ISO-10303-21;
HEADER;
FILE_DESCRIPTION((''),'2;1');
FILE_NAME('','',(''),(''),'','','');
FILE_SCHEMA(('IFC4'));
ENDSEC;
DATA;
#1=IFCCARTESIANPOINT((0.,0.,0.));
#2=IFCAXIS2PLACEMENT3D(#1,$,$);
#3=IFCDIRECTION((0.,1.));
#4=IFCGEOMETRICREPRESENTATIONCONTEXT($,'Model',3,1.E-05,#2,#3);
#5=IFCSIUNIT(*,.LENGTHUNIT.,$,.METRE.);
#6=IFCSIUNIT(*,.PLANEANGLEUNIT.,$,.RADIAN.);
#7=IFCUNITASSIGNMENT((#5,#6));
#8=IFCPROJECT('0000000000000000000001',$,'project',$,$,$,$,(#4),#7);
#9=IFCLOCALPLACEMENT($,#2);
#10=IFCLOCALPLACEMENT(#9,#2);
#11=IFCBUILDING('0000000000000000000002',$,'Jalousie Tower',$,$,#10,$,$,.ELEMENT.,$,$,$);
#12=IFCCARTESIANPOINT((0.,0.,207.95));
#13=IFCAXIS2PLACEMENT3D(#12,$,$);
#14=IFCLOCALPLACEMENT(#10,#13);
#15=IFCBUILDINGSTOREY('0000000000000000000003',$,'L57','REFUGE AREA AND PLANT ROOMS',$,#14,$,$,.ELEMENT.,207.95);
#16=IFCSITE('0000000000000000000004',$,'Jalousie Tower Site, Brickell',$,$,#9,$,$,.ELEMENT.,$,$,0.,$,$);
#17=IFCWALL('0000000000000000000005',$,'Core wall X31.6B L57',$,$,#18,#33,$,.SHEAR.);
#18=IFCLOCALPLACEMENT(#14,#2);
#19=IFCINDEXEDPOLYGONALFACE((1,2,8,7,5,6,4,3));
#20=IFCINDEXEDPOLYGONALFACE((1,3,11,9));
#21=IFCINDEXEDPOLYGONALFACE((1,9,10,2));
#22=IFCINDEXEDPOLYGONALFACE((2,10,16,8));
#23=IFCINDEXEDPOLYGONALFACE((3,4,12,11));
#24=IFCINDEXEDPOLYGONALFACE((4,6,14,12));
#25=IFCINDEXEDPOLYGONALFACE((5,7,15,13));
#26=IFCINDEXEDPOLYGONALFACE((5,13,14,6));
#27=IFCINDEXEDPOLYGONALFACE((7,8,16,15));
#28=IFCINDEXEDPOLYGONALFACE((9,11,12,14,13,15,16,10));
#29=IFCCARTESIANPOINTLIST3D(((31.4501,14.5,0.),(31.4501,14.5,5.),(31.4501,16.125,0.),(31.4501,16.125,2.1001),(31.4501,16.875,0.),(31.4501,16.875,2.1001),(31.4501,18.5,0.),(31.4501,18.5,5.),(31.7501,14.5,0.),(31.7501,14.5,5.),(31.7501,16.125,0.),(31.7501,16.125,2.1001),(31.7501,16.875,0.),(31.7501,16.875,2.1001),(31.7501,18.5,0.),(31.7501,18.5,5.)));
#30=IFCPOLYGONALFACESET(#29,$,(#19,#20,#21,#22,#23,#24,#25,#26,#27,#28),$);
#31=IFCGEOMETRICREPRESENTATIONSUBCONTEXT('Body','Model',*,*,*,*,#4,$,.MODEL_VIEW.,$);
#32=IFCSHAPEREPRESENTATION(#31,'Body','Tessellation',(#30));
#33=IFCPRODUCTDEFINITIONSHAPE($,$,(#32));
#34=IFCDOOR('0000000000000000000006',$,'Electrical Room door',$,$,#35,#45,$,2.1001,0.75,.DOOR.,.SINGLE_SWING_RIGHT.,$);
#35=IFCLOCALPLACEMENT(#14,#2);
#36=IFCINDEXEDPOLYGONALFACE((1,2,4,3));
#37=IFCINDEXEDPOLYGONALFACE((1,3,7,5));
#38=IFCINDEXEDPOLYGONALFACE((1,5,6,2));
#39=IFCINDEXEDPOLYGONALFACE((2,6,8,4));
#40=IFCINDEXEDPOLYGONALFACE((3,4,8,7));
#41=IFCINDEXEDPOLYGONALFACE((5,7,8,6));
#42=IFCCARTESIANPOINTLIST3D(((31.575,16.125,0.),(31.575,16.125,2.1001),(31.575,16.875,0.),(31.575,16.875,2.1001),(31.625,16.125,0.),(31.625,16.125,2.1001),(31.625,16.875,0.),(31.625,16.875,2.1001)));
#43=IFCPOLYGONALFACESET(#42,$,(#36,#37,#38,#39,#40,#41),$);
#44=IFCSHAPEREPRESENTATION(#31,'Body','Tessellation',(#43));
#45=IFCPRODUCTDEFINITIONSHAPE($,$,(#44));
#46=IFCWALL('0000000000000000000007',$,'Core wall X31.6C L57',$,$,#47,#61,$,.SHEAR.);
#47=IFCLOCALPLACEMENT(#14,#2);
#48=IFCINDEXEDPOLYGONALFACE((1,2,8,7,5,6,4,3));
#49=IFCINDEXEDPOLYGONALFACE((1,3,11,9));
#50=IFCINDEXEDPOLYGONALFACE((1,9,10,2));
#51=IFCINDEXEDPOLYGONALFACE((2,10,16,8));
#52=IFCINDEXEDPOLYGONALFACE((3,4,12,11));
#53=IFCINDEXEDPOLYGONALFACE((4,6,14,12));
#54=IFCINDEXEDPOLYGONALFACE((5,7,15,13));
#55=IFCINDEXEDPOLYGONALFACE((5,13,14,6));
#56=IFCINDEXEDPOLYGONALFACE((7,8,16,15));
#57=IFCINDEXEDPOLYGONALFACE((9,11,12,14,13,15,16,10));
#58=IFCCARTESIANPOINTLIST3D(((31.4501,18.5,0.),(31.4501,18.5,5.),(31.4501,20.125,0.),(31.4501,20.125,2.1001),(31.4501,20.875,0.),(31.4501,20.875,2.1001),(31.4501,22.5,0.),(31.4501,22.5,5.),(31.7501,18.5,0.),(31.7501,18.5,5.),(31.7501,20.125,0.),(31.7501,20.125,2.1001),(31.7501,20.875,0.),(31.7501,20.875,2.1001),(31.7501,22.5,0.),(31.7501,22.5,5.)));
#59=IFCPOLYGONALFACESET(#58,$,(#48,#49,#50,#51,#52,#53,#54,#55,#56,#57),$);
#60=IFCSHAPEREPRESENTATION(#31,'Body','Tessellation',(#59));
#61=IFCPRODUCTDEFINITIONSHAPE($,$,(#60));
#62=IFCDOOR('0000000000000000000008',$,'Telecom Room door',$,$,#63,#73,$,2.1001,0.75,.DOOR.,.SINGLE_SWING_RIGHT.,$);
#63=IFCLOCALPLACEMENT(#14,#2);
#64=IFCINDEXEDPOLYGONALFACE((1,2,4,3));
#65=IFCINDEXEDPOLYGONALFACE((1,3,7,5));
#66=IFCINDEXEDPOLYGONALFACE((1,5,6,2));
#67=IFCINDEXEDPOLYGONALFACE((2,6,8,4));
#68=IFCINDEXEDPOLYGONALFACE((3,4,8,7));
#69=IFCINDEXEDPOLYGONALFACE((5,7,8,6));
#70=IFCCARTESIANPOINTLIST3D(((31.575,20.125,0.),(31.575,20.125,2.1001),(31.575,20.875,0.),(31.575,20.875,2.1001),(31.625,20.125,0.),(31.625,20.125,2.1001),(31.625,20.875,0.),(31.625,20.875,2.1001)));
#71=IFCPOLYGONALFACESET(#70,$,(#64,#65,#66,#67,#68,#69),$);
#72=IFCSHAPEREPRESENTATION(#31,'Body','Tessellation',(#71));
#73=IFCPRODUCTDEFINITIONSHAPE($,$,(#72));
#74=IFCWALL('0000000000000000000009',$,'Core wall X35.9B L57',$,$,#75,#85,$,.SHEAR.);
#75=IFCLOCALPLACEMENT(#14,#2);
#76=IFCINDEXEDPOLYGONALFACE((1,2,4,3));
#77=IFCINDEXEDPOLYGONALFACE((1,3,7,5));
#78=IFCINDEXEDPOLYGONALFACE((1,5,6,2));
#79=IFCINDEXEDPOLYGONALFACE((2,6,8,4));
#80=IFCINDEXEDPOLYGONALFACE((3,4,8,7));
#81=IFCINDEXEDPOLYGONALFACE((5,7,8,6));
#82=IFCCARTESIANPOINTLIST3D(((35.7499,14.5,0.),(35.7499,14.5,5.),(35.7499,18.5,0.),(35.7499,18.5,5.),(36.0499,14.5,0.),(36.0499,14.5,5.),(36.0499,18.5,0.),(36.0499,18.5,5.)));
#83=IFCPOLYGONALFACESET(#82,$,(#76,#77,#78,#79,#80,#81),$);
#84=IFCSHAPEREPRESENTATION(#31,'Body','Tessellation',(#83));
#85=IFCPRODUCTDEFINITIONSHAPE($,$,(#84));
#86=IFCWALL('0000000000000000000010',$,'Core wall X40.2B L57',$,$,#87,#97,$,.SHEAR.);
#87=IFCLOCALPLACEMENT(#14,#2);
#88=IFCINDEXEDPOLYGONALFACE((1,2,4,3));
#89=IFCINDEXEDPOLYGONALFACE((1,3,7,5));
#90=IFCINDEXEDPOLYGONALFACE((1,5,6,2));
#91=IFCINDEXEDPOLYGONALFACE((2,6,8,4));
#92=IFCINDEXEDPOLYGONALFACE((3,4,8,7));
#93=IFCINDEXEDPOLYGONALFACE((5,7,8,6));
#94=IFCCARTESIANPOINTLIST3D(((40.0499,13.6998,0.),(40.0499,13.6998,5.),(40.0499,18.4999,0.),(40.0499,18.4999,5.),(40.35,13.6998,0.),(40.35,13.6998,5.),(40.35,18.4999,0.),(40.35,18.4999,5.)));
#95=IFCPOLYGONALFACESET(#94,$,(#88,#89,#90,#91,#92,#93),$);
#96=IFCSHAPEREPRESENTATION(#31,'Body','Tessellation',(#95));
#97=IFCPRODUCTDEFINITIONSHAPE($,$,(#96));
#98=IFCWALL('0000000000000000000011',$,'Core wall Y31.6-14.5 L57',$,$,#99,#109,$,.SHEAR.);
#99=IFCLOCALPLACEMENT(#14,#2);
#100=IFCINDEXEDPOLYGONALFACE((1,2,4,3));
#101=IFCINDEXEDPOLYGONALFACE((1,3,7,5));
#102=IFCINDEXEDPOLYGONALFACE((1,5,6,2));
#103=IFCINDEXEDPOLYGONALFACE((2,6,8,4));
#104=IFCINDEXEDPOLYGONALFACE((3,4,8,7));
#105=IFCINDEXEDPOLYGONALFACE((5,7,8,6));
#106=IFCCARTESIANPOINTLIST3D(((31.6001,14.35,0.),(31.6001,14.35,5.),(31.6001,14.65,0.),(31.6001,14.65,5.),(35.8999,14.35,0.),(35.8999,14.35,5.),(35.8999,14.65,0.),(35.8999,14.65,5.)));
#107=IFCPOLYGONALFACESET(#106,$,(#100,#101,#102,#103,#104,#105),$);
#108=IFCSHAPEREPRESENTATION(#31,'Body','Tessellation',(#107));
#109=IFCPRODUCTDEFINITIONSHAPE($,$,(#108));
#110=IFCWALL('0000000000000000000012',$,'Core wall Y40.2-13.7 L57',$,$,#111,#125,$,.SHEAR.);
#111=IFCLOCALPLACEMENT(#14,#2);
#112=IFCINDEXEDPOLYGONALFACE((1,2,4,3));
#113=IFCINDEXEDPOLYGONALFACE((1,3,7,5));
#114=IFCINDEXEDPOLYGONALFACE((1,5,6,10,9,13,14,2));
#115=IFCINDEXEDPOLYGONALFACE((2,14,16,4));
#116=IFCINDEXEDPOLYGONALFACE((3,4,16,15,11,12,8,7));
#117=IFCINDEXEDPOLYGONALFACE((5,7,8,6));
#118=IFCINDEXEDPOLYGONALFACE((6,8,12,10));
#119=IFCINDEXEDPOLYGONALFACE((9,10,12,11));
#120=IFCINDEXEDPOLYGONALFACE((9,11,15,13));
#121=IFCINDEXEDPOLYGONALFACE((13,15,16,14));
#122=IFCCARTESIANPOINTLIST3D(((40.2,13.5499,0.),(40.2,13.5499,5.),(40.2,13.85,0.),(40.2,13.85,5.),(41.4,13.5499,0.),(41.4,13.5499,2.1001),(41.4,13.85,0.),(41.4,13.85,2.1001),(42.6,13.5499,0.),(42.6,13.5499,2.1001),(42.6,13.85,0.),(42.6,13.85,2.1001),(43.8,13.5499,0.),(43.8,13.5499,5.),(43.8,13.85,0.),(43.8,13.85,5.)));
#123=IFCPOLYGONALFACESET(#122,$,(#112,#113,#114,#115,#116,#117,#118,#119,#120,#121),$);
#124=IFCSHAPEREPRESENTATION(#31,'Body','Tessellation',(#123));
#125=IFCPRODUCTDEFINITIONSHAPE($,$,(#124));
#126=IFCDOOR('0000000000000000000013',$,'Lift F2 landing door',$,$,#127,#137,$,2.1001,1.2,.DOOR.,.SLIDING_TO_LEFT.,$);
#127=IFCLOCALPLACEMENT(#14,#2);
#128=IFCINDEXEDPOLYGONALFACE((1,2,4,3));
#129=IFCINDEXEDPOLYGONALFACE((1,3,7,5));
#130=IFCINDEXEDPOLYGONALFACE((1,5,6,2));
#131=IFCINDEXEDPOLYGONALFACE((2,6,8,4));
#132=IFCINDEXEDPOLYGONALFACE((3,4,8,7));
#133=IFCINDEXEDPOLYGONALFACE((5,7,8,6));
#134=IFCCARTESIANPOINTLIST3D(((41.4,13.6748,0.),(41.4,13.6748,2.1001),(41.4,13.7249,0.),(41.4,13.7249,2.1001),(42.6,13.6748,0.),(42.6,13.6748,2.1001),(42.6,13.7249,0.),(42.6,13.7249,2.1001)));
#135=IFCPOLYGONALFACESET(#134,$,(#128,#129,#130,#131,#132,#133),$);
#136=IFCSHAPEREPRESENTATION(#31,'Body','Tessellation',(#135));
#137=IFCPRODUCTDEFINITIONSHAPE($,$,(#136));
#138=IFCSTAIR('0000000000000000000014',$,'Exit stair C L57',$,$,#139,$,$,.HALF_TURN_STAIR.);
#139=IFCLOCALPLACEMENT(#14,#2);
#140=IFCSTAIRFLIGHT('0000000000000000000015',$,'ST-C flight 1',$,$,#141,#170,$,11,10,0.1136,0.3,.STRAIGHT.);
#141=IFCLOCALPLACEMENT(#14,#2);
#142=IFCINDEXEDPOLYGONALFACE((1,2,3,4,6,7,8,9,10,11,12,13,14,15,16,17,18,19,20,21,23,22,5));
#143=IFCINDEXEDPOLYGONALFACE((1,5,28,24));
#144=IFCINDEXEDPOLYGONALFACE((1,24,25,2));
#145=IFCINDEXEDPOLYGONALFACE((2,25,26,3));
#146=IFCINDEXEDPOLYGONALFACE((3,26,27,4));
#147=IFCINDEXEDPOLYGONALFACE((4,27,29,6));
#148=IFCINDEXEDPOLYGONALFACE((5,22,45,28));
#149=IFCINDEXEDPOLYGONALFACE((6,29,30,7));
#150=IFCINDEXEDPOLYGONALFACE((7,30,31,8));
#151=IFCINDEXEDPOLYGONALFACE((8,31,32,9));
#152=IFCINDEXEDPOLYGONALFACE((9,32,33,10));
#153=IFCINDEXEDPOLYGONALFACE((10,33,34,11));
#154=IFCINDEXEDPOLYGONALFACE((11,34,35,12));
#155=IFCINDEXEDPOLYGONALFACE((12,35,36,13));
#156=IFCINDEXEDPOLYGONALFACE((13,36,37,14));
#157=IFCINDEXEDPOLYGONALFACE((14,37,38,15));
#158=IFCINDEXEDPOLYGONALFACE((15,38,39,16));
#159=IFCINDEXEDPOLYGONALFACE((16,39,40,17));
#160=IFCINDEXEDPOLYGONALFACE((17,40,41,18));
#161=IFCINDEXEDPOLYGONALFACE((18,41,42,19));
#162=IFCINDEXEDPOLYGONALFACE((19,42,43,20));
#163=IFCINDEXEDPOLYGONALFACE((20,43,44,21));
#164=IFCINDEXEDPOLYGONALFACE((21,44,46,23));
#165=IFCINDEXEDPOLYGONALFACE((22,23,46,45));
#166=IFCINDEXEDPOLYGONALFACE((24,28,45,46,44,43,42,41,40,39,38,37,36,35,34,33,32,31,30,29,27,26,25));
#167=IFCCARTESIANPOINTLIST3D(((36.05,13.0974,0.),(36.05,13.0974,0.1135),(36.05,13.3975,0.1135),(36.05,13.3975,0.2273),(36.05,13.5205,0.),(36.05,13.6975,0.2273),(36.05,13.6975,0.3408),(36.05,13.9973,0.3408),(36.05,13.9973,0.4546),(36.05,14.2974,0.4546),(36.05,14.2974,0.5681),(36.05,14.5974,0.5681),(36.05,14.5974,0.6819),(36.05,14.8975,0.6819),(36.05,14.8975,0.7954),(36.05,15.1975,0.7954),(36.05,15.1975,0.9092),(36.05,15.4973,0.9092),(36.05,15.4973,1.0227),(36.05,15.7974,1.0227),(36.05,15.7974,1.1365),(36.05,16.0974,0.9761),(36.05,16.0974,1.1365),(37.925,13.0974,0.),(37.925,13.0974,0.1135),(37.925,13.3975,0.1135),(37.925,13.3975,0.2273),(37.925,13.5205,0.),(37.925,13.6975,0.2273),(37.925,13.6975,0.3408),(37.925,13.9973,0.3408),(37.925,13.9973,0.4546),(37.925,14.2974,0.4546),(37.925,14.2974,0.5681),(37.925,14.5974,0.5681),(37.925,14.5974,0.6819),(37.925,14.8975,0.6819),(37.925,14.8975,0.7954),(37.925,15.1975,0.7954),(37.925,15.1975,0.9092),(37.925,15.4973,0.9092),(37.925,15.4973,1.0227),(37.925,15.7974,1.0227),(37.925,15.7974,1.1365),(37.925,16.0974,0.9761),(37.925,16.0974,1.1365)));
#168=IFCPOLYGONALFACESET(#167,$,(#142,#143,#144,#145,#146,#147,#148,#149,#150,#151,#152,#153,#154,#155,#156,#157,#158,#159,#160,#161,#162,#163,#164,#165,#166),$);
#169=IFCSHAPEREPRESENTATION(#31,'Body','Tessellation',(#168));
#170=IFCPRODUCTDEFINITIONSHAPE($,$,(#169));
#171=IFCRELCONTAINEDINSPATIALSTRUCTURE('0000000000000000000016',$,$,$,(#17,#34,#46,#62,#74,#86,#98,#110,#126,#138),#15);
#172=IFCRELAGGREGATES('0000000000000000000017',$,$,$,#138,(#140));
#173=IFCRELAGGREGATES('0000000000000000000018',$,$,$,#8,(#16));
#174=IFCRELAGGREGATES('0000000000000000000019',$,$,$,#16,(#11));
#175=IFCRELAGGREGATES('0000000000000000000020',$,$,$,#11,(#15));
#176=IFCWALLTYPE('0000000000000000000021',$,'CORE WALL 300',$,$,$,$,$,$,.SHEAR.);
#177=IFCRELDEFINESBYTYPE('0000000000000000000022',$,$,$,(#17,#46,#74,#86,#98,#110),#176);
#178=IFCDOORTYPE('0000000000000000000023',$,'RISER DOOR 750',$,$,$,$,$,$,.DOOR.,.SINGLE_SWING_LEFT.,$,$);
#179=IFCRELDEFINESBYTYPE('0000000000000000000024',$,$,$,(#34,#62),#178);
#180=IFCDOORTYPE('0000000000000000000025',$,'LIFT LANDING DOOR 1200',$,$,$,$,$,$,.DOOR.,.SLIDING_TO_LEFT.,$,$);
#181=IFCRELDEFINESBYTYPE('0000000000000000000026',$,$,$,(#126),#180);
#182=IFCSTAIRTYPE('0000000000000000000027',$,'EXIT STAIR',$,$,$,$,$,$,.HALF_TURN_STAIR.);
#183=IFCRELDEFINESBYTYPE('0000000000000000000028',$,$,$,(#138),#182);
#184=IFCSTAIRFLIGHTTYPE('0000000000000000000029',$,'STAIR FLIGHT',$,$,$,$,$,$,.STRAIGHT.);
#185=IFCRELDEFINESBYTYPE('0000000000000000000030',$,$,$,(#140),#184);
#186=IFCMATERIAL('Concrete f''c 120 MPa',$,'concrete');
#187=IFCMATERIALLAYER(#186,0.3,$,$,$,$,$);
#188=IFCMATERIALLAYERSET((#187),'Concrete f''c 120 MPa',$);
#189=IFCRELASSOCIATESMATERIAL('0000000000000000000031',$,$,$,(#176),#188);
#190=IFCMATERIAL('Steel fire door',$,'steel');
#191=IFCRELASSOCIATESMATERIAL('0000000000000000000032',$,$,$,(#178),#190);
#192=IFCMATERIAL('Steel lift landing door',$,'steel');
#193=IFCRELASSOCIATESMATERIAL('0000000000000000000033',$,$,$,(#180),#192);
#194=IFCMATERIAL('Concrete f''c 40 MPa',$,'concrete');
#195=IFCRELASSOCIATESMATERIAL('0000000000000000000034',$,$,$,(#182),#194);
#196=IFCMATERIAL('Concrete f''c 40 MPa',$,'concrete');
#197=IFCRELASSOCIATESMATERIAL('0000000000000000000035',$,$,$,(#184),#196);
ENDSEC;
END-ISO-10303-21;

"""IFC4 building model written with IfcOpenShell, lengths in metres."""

from ifc_helpers import new_model, si_unit, direction, frame, frame_2d, origin, place, context, subcontext, project, spatial, polyline, rectangle, outline, extrude, material, layer, layer_set, type_object, element, fill, aggregate, save


model = new_model("IFC4")

# Units and contexts
model_context = context("Model", 3, precision=1e-05, world=origin(), true_north=direction((0.0, 1.0)))
body_context = subcontext(model_context, "Body", "Model", "MODEL_VIEW")
ifc_project = project(units=[si_unit("LENGTHUNIT", "METRE"), si_unit("PLANEANGLEUNIT", "RADIAN")], contexts=[model_context])

# Site, building, storey
site_placement = place(None, origin())
site = spatial("IfcSite", under=ifc_project, at=site_placement, Name="Jalousie Tower Site, Brickell", CompositionType="ELEMENT", RefElevation=0.0)
building_placement = place(site_placement, origin())
building = spatial("IfcBuilding", under=site, at=building_placement, Name="Jalousie Tower", CompositionType="ELEMENT")
storey_placement = place(building_placement, frame((0.0, 0.0, 207.95)))
storey = spatial("IfcBuildingStorey", under=building, at=storey_placement, Name="L57", Description="REFUGE AREA AND PLANT ROOMS", CompositionType="ELEMENT", Elevation=207.95)

# Walls, openings, doors
ifc_material_1 = material(Name="Concrete f'c 120 MPa", Category="concrete")
ifc_layer = layer(ifc_material_1, 0.3)
ifc_layer_set = layer_set([ifc_layer], Name="Concrete f'c 120 MPa")
wall_type = type_object("IfcWallType", Name="CORE WALL 300", PredefinedType="SHEAR", material=ifc_layer_set)
wall_1_placement = place(storey_placement, frame((31.6001, 14.5, 0.0), z_axis=(0.0, 0.0, 1.0), x_axis=(0.0, 1.0, 0.0)))
wall_1 = element("IfcWall", 1, at=wall_1_placement, inside=storey, type_object=wall_type, Name="Core wall X31.6B L57", PredefinedType="SHEAR", context=body_context, shape_type="SweptSolid", body=[
    extrude(rectangle(XDim=4.0, YDim=0.3, at=frame_2d((2.0, 0.0))), origin(), (0.0, 0.0, 1.0), 5.0),
])
opening_1_placement = place(wall_1_placement, frame((1.625, 0.0, 0.0)))
opening_1 = element("IfcOpeningElement", 2, at=opening_1_placement, cuts=wall_1, PredefinedType="OPENING", context=body_context, shape_type="SweptSolid", body=[
    extrude(rectangle(XDim=0.75, YDim=2.1001, at=frame_2d((0.375, 1.05))), frame((0.0, 0.1599, 0.0), z_axis=(0.0, -1.0, 0.0), x_axis=(1.0, 0.0, 0.0)), (0.0, 0.0, 1.0), 0.3201),
])
ifc_material_2 = material(Name="Steel fire door", Category="steel")
door_type_1 = type_object("IfcDoorType", Name="RISER DOOR 750", OperationType="SINGLE_SWING_LEFT", PredefinedType="DOOR", material=ifc_material_2)
door_1_placement = place(opening_1_placement, frame((0.75, 0.0, 0.0), z_axis=(0.0, 0.0, 1.0), x_axis=(-1.0, 0.0, 0.0)))
door_1 = element("IfcDoor", 3, at=door_1_placement, inside=storey, type_object=door_type_1, Name="Electrical Room door", OperationType="SINGLE_SWING_RIGHT", OverallHeight=2.1001, OverallWidth=0.75, PredefinedType="DOOR", context=body_context, shape_type="SweptSolid", body=[
    extrude(rectangle(XDim=0.75, YDim=2.1001, at=frame_2d((0.375, 1.05))), frame((0.0, 0.0249, 0.0), z_axis=(0.0, -1.0, 0.0), x_axis=(1.0, 0.0, 0.0)), (0.0, 0.0, 1.0), 0.05),
])
fill(opening_1, door_1)
wall_2_placement = place(storey_placement, frame((31.6001, 18.5, 0.0), z_axis=(0.0, 0.0, 1.0), x_axis=(0.0, 1.0, 0.0)))
wall_2 = element("IfcWall", 4, at=wall_2_placement, inside=storey, type_object=wall_type, Name="Core wall X31.6C L57", PredefinedType="SHEAR", context=body_context, shape_type="SweptSolid", body=[
    extrude(rectangle(XDim=4.0, YDim=0.3, at=frame_2d((2.0, 0.0))), origin(), (0.0, 0.0, 1.0), 5.0),
])
opening_2_placement = place(wall_2_placement, frame((1.625, 0.0, 0.0)))
opening_2 = element("IfcOpeningElement", 5, at=opening_2_placement, cuts=wall_2, PredefinedType="OPENING", context=body_context, shape_type="SweptSolid", body=[
    extrude(rectangle(XDim=0.75, YDim=2.1001, at=frame_2d((0.375, 1.05))), frame((0.0, 0.1599, 0.0), z_axis=(0.0, -1.0, 0.0), x_axis=(1.0, 0.0, 0.0)), (0.0, 0.0, 1.0), 0.3201),
])
door_2_placement = place(opening_2_placement, frame((0.75, 0.0, 0.0), z_axis=(0.0, 0.0, 1.0), x_axis=(-1.0, 0.0, 0.0)))
door_2 = element("IfcDoor", 6, at=door_2_placement, inside=storey, type_object=door_type_1, Name="Telecom Room door", OperationType="SINGLE_SWING_RIGHT", OverallHeight=2.1001, OverallWidth=0.75, PredefinedType="DOOR", context=body_context, shape_type="SweptSolid", body=[
    extrude(rectangle(XDim=0.75, YDim=2.1001, at=frame_2d((0.375, 1.05))), frame((0.0, 0.0249, 0.0), z_axis=(0.0, -1.0, 0.0), x_axis=(1.0, 0.0, 0.0)), (0.0, 0.0, 1.0), 0.05),
])
fill(opening_2, door_2)

# Walls
wall_3_placement = place(storey_placement, frame((35.8999, 14.5, 0.0), z_axis=(0.0, 0.0, 1.0), x_axis=(0.0, 1.0, 0.0)))
element("IfcWall", 7, at=wall_3_placement, inside=storey, type_object=wall_type, Name="Core wall X35.9B L57", PredefinedType="SHEAR", context=body_context, shape_type="SweptSolid", body=[
    extrude(rectangle(XDim=4.0, YDim=0.3, at=frame_2d((2.0, 0.0))), origin(), (0.0, 0.0, 1.0), 5.0),
])
wall_4_placement = place(storey_placement, frame((40.2, 13.7, 0.0), z_axis=(0.0, 0.0, 1.0), x_axis=(0.0, 1.0, 0.0)))
element("IfcWall", 8, at=wall_4_placement, inside=storey, type_object=wall_type, Name="Core wall X40.2B L57", PredefinedType="SHEAR", context=body_context, shape_type="SweptSolid", body=[
    extrude(rectangle(XDim=4.8, YDim=0.3, at=frame_2d((2.3999, 0.0))), origin(), (0.0, 0.0, 1.0), 5.0),
])
wall_5_placement = place(storey_placement, frame((31.6001, 14.5, 0.0), z_axis=(0.0, 0.0, 1.0), x_axis=(1.0, 0.0, 0.0)))
element("IfcWall", 9, at=wall_5_placement, inside=storey, type_object=wall_type, Name="Core wall Y31.6-14.5 L57", PredefinedType="SHEAR", context=body_context, shape_type="SweptSolid", body=[
    extrude(rectangle(XDim=4.2998, YDim=0.3, at=frame_2d((2.1499, 0.0))), origin(), (0.0, 0.0, 1.0), 5.0),
])

# Wall, opening, door
wall_6_placement = place(storey_placement, frame((40.2, 13.7, 0.0), z_axis=(0.0, 0.0, 1.0), x_axis=(1.0, 0.0, 0.0)))
wall_6 = element("IfcWall", 10, at=wall_6_placement, inside=storey, type_object=wall_type, Name="Core wall Y40.2-13.7 L57", PredefinedType="SHEAR", context=body_context, shape_type="SweptSolid", body=[
    extrude(rectangle(XDim=3.6001, YDim=0.3, at=frame_2d((1.8, 0.0))), origin(), (0.0, 0.0, 1.0), 5.0),
])
opening_3_placement = place(wall_6_placement, frame((1.2, 0.0, 0.0)))
opening_3 = element("IfcOpeningElement", 11, at=opening_3_placement, cuts=wall_6, PredefinedType="OPENING", context=body_context, shape_type="SweptSolid", body=[
    extrude(rectangle(XDim=1.2, YDim=2.1001, at=frame_2d((0.6001, 1.05))), frame((0.0, 0.1599, 0.0), z_axis=(0.0, -1.0, 0.0), x_axis=(1.0, 0.0, 0.0)), (0.0, 0.0, 1.0), 0.3201),
])
ifc_material_3 = material(Name="Steel lift landing door", Category="steel")
door_type_2 = type_object("IfcDoorType", Name="LIFT LANDING DOOR 1200", OperationType="SLIDING_TO_LEFT", PredefinedType="DOOR", material=ifc_material_3)
door_3_placement = place(opening_3_placement, origin())
door_3 = element("IfcDoor", 12, at=door_3_placement, inside=storey, type_object=door_type_2, Name="Lift F2 landing door", OperationType="SLIDING_TO_LEFT", OverallHeight=2.1001, OverallWidth=1.2, PredefinedType="DOOR", context=body_context, shape_type="SweptSolid", body=[
    extrude(rectangle(XDim=1.2, YDim=2.1001, at=frame_2d((0.6001, 1.05))), frame((0.0, 0.0249, 0.0), z_axis=(0.0, -1.0, 0.0), x_axis=(1.0, 0.0, 0.0)), (0.0, 0.0, 1.0), 0.05),
])
fill(opening_3, door_3)

# Stair, stair flight
ifc_material_4 = material(Name="Concrete f'c 40 MPa", Category="concrete")
stair_type = type_object("IfcStairType", Name="EXIT STAIR", PredefinedType="HALF_TURN_STAIR", material=ifc_material_4)
stair_placement = place(storey_placement, origin())
stair = element("IfcStair", 13, at=stair_placement, inside=storey, type_object=stair_type, Name="Exit stair C L57", PredefinedType="HALF_TURN_STAIR")
ifc_material_5 = material(Name="Concrete f'c 40 MPa", Category="concrete")
stair_flight_type = type_object("IfcStairFlightType", Name="STAIR FLIGHT", PredefinedType="STRAIGHT", material=ifc_material_5)
stair_flight_1_placement = place(storey_placement, frame((36.9875, 13.0974, 0.0), z_axis=(0.0, 0.0, 1.0), x_axis=(0.0, 1.0, 0.0)))
stair_flight_1 = element("IfcStairFlight", 14, at=stair_flight_1_placement, type_object=stair_flight_type, Name="ST-C flight 1", NumberOfRisers=11, NumberOfTreads=10, PredefinedType="STRAIGHT", RiserHeight=0.1136, TreadLength=0.3, context=body_context, shape_type="SweptSolid", body=[
    extrude(outline(polyline([(0.0, 0.0), (0.0, 0.1135), (0.3, 0.1135), (0.3, 0.2273), (0.6001, 0.2273), (0.6001, 0.3408), (0.8999, 0.3408), (0.8999, 0.4546), (1.2, 0.4546), (1.2, 0.5681), (1.5, 0.5681), (1.5, 0.6819), (1.8, 0.6819), (1.8, 0.7954), (2.1001, 0.7954), (2.1001, 0.9092), (2.3999, 0.9092), (2.3999, 1.0227), (2.7, 1.0227), (2.7, 1.1365), (3.0, 1.1365), (3.0, 1.25), (3.0, 0.9761), (0.4231, 0.0), (0.0, 0.0)])), frame((0.0, 0.9375, 0.0), z_axis=(0.0, -1.0, 0.0), x_axis=(1.0, 0.0, 0.0)), (0.0, 0.0, 1.0), 1.875),
])
aggregate(stair, [stair_flight_1])

save(model, "model.ifc")
